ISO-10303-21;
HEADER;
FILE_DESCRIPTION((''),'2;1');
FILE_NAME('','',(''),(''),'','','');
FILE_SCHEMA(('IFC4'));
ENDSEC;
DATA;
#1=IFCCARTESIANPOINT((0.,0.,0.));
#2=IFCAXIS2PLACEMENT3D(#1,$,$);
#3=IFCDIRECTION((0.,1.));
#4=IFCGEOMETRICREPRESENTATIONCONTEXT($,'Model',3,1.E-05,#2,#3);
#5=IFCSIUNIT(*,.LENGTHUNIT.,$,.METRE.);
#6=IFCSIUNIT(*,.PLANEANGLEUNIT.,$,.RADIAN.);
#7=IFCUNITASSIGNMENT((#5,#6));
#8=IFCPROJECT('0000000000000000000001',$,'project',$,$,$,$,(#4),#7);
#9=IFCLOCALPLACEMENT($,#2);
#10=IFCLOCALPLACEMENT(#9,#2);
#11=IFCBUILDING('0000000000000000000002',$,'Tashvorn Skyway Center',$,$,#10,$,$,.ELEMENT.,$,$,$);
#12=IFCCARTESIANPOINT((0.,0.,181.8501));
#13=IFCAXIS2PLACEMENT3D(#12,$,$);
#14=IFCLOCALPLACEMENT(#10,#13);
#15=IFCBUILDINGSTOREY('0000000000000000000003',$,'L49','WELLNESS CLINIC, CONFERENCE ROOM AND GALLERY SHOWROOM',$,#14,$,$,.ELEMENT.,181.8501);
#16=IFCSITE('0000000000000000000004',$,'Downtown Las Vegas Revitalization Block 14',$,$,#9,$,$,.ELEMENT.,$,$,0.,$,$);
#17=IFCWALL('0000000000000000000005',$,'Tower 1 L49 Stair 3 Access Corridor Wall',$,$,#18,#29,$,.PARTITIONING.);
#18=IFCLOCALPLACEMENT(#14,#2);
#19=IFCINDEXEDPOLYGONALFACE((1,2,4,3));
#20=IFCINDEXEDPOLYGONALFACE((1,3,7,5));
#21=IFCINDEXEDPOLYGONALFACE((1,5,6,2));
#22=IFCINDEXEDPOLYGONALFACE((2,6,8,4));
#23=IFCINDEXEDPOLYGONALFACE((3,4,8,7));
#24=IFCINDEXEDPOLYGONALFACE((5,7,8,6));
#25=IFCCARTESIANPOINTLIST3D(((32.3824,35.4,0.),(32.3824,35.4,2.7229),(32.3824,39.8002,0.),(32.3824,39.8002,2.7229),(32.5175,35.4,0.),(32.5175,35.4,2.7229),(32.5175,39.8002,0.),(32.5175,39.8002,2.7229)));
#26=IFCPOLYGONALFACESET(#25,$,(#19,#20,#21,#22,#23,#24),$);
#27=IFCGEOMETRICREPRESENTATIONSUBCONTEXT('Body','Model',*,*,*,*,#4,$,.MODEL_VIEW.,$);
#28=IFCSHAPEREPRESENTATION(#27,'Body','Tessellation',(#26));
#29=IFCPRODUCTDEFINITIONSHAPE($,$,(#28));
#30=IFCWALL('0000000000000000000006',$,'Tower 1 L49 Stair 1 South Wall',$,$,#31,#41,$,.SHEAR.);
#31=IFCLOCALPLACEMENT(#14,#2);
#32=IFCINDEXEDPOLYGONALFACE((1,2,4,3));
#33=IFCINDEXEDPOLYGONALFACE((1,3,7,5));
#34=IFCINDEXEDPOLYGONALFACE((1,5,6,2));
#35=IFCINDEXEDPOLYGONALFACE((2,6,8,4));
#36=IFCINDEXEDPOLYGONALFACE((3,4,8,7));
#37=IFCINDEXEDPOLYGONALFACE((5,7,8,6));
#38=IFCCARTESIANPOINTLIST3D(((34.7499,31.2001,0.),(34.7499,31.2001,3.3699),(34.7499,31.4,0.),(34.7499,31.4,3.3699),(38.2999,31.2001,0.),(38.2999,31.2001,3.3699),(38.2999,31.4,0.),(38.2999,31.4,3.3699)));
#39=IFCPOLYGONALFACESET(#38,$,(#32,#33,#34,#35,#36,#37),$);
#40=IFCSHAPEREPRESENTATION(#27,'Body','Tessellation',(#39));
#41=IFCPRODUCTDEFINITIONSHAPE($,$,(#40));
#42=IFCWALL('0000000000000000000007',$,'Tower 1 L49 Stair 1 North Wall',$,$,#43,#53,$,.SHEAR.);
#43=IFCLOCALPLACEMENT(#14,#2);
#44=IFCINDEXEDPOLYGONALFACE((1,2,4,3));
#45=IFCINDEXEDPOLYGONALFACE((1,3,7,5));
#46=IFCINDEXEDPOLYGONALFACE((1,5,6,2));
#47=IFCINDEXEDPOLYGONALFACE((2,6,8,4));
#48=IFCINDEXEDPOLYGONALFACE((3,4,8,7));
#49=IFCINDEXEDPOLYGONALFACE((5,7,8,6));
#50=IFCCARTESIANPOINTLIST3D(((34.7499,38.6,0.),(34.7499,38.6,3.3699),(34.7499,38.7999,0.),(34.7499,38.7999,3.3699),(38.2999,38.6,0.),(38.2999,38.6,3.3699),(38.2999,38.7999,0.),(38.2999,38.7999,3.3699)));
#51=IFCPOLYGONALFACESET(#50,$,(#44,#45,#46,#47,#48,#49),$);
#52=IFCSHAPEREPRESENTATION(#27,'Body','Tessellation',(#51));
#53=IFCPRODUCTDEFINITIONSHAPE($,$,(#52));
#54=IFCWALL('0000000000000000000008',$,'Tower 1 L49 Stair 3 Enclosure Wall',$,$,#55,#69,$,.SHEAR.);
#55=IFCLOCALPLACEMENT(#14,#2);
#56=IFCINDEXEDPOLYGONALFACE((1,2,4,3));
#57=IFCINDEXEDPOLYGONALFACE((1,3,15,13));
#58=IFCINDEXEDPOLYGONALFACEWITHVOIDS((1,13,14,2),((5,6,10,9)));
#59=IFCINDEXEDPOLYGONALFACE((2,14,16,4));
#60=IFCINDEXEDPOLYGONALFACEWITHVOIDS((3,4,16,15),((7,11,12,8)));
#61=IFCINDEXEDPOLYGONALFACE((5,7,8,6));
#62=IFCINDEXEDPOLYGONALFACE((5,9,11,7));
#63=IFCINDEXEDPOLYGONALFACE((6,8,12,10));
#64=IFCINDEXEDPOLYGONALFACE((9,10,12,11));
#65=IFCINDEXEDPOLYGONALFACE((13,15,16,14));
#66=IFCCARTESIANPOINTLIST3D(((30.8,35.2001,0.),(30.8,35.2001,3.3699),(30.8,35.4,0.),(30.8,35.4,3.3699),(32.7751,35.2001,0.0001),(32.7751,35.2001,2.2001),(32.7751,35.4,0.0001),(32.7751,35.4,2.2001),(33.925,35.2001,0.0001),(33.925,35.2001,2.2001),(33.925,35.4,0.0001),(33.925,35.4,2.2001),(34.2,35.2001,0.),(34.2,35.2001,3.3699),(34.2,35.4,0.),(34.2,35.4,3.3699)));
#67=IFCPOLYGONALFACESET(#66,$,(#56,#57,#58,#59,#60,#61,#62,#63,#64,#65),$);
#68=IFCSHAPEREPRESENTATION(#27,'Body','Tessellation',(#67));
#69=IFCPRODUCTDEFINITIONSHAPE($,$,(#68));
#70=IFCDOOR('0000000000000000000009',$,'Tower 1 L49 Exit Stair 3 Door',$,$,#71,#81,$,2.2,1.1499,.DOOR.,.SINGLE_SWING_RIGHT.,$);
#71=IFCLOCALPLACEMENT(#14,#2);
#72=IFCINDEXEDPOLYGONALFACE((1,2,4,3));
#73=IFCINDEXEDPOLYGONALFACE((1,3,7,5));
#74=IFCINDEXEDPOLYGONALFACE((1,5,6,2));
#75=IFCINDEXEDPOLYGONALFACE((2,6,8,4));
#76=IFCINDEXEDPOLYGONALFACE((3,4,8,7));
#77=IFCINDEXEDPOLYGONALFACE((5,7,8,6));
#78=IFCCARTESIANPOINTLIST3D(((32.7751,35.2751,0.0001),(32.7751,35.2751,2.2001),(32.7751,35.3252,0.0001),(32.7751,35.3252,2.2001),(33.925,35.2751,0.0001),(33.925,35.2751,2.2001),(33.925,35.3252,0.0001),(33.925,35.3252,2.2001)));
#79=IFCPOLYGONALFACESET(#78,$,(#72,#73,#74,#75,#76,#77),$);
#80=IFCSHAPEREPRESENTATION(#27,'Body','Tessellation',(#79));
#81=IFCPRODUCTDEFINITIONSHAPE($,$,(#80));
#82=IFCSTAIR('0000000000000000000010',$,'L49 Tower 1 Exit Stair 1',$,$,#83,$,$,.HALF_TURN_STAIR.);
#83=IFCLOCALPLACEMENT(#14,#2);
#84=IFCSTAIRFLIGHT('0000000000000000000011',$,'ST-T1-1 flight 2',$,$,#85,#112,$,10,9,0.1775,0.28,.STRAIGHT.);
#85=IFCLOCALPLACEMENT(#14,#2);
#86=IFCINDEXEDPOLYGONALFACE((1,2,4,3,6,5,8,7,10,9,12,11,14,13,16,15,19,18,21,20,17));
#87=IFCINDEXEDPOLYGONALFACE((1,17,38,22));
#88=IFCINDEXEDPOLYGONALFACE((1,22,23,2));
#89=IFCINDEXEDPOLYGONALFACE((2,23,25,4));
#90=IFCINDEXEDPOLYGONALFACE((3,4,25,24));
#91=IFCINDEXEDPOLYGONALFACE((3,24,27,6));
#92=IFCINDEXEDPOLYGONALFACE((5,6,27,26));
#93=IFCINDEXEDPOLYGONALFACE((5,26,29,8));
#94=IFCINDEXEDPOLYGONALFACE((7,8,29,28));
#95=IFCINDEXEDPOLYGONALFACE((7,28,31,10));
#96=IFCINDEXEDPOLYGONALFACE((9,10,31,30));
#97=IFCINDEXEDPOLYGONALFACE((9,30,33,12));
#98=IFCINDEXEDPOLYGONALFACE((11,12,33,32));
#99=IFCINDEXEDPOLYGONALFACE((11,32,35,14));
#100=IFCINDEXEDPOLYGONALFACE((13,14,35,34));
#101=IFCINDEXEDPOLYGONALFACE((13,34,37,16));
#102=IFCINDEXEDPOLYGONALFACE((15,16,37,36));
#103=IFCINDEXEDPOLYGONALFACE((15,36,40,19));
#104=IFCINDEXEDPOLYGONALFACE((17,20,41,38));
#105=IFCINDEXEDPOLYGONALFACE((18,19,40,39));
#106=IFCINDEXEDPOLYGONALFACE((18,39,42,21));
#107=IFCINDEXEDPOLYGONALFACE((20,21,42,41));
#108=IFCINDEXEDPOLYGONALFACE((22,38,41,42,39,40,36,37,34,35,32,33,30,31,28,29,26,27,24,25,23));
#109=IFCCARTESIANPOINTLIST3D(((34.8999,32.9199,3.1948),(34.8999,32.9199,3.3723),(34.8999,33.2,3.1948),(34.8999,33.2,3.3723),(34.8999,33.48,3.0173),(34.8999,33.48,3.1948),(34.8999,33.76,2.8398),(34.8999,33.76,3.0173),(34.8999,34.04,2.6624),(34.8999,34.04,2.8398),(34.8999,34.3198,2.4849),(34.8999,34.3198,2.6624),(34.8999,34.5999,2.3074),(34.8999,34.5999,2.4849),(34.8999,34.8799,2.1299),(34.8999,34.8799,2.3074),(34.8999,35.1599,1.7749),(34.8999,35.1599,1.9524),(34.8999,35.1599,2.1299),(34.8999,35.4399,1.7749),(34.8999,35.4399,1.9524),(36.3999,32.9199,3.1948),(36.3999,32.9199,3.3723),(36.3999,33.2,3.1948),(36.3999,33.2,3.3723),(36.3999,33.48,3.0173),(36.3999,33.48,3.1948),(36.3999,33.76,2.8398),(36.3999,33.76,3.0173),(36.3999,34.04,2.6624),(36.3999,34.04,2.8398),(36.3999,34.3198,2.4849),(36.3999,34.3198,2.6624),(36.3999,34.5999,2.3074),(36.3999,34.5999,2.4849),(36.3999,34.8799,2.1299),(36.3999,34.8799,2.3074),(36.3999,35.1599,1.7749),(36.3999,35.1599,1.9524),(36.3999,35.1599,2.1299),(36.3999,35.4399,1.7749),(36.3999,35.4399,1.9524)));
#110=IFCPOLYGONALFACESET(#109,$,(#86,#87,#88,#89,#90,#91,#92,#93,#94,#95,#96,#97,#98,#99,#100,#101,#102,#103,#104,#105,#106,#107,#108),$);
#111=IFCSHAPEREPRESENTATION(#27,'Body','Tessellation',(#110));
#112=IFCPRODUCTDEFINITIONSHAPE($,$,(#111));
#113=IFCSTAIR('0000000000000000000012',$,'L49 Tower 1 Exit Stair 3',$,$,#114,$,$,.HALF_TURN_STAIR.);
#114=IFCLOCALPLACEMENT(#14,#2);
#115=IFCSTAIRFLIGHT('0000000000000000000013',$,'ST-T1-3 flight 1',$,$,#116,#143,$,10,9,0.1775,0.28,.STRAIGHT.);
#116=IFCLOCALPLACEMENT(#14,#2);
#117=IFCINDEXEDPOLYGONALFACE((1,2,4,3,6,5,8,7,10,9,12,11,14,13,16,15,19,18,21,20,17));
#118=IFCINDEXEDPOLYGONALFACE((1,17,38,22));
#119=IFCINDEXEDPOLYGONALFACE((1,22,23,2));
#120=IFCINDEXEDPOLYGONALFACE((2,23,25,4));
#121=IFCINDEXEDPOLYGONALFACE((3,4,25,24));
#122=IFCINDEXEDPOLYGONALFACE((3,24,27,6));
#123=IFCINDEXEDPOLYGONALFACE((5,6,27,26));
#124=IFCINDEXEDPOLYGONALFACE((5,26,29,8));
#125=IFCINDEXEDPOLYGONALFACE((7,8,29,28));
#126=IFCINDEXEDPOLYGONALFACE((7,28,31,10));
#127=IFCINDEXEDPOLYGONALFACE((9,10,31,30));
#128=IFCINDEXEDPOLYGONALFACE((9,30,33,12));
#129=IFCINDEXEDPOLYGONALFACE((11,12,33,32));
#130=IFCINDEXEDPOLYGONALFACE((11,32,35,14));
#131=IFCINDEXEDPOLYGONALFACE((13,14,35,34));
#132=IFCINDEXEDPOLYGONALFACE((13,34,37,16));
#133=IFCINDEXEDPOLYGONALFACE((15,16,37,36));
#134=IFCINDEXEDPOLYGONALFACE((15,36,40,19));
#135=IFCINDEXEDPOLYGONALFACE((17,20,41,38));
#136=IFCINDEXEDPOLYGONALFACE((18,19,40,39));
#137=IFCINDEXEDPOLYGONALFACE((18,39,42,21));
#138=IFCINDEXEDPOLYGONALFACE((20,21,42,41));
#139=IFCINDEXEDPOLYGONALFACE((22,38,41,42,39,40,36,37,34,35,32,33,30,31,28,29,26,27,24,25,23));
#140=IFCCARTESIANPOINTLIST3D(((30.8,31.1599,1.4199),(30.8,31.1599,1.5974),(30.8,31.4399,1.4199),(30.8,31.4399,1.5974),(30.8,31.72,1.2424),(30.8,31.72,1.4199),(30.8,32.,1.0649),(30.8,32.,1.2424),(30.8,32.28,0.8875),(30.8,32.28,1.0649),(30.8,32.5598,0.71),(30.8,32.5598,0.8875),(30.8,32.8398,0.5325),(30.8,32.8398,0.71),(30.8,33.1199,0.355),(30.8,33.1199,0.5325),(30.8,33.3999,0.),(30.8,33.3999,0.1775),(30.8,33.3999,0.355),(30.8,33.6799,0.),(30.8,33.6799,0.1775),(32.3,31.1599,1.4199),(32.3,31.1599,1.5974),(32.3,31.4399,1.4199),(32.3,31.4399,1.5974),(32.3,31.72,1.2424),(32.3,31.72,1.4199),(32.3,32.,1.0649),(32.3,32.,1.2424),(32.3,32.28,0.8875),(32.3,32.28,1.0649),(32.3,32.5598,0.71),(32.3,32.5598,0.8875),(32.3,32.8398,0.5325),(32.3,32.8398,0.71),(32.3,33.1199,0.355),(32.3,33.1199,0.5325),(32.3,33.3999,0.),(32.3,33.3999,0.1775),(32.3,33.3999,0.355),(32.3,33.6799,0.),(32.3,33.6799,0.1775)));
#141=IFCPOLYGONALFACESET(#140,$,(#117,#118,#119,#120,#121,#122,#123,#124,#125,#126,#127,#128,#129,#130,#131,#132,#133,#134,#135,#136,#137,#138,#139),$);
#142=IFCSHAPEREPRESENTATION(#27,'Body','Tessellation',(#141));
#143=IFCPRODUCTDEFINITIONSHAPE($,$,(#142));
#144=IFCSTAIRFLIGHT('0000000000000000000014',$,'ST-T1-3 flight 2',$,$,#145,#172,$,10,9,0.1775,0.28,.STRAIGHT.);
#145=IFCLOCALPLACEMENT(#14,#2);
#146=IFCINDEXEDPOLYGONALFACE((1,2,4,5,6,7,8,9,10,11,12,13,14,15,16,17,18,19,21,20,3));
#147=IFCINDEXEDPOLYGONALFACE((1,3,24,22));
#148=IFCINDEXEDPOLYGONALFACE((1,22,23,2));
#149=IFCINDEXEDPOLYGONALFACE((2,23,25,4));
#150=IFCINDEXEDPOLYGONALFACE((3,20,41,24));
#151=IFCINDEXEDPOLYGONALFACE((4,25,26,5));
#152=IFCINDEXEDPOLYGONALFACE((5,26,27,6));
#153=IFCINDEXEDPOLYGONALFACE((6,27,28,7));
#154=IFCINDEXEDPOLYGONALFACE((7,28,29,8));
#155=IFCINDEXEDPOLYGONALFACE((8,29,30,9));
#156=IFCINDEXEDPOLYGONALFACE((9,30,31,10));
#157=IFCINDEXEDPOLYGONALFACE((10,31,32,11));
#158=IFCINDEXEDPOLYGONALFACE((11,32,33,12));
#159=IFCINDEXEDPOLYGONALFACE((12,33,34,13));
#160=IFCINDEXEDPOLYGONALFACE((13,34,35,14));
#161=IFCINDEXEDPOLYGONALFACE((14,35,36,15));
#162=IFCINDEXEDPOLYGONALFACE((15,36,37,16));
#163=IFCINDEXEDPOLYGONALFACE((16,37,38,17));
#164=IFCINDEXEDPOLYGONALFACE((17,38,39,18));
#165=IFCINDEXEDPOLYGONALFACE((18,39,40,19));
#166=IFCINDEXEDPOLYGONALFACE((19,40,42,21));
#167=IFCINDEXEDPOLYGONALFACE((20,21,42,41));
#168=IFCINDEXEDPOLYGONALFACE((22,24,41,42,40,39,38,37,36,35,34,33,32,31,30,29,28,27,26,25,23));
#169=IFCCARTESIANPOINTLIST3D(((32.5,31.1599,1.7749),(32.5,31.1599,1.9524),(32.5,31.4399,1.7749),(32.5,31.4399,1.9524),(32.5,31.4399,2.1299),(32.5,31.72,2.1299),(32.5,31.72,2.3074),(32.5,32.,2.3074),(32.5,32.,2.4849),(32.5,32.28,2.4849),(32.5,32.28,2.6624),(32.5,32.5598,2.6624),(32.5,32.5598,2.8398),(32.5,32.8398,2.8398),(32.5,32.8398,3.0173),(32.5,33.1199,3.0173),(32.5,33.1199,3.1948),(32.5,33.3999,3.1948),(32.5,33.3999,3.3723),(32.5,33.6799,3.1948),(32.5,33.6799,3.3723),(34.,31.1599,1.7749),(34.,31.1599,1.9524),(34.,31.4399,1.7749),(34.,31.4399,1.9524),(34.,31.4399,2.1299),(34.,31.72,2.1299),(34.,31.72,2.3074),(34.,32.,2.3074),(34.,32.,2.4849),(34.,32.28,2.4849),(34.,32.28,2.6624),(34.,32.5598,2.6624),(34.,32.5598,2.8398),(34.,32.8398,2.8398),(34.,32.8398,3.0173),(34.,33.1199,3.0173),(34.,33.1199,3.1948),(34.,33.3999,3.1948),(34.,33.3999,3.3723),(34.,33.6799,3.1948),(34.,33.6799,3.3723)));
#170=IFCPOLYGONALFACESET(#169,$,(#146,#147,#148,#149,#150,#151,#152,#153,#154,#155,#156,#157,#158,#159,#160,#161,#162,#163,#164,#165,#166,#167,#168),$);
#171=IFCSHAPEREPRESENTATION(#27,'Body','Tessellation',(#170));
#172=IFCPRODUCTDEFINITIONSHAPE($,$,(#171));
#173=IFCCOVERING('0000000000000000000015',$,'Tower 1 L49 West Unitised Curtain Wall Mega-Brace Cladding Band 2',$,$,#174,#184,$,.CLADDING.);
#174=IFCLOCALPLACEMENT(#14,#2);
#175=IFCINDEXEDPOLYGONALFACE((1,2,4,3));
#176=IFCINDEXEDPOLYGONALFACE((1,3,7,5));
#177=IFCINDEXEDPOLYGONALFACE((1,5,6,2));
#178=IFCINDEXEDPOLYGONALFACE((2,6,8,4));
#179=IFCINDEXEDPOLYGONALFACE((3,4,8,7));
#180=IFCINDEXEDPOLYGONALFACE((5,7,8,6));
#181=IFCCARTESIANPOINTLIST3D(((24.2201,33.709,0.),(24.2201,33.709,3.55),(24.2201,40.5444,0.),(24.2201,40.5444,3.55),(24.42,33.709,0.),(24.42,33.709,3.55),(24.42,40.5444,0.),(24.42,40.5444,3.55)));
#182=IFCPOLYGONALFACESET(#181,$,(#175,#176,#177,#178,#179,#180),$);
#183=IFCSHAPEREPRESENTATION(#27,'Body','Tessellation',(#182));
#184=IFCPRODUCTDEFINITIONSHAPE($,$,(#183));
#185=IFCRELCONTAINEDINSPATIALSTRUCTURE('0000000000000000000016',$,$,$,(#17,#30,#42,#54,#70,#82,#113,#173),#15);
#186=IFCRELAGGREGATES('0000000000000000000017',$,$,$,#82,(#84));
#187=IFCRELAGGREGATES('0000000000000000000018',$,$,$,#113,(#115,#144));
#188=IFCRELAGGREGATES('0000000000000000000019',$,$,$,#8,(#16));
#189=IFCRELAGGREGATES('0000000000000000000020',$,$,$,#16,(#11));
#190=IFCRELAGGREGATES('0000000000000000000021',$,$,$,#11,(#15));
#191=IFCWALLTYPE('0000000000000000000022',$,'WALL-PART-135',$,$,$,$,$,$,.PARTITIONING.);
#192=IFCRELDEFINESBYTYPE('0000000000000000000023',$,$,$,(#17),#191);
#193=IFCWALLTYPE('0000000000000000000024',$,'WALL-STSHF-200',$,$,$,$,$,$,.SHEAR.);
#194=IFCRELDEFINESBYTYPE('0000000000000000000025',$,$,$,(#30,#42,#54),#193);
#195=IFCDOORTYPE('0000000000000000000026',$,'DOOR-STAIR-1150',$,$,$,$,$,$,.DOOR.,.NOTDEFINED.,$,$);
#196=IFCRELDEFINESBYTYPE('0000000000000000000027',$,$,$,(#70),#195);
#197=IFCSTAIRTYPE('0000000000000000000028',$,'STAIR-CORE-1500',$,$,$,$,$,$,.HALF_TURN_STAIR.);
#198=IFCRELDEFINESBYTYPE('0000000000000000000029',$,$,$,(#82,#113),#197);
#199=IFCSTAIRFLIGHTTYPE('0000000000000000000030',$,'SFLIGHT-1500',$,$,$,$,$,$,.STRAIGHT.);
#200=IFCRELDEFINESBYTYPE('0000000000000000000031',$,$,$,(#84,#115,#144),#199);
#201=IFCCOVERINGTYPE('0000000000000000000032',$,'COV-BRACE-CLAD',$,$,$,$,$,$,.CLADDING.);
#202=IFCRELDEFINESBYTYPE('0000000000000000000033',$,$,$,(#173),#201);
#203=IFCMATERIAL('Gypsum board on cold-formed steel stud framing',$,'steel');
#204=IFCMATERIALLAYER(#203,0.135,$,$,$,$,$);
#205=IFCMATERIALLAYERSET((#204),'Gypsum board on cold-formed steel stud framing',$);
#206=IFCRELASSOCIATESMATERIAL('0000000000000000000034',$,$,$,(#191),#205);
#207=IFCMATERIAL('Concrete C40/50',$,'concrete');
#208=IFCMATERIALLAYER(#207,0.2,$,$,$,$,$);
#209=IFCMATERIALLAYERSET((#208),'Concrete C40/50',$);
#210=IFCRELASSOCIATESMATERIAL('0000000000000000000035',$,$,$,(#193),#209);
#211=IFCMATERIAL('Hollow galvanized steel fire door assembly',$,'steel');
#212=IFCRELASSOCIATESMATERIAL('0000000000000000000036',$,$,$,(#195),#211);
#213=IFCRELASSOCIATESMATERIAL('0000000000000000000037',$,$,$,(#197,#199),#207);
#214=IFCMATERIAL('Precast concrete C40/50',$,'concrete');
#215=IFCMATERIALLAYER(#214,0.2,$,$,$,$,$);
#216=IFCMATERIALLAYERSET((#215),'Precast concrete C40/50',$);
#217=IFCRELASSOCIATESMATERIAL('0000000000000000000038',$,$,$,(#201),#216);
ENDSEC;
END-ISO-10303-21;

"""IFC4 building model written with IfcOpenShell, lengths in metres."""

from ifc_helpers import new_model, si_unit, direction, frame, frame_2d, origin, origin_2d, place, context, subcontext, project, spatial, polyline, rectangle, outline, extrude, material, layer, layer_set, type_object, element, fill, aggregate, save


model = new_model("IFC4")

# Units and contexts
model_context = context("Model", 3, precision=1e-05, world=origin(), true_north=direction((0.0, 1.0)))
body_context = subcontext(model_context, "Body", "Model", "MODEL_VIEW")
ifc_project = project(units=[si_unit("LENGTHUNIT", "METRE"), si_unit("PLANEANGLEUNIT", "RADIAN")], contexts=[model_context])

# Site, building, storey
site_placement = place(None, origin())
site = spatial("IfcSite", under=ifc_project, at=site_placement, Name="Downtown Las Vegas Revitalization Block 14", CompositionType="ELEMENT", RefElevation=0.0)
building_placement = place(site_placement, origin())
building = spatial("IfcBuilding", under=site, at=building_placement, Name="Tashvorn Skyway Center", CompositionType="ELEMENT")
storey_placement = place(building_placement, frame((0.0, 0.0, 181.8501)))
storey = spatial("IfcBuildingStorey", under=building, at=storey_placement, Name="L49", Description="WELLNESS CLINIC, CONFERENCE ROOM AND GALLERY SHOWROOM", CompositionType="ELEMENT", Elevation=181.8501)

# Walls
ifc_material_1 = material(Name="Gypsum board on cold-formed steel stud framing", Category="steel")
ifc_layer_1 = layer(ifc_material_1, 0.135)
ifc_layer_set_1 = layer_set([ifc_layer_1], Name="Gypsum board on cold-formed steel stud framing")
wall_type_1 = type_object("IfcWallType", Name="WALL-PART-135", PredefinedType="PARTITIONING", material=ifc_layer_set_1)
wall_1_placement = place(storey_placement, frame((32.45, 35.3999, 0.0), z_axis=(0.0, 0.0, 1.0), x_axis=(0.0, 1.0, 0.0)))
element("IfcWall", 1, at=wall_1_placement, inside=storey, type_object=wall_type_1, Name="Tower 1 L49 Stair 3 Access Corridor Wall", PredefinedType="PARTITIONING", context=body_context, shape_type="SweptSolid", body=[
    extrude(rectangle(XDim=4.4001, YDim=0.135, at=frame_2d((2.2002, 0.0))), origin(), (0.0, 0.0, 1.0), 2.7229),
])
ifc_material_2 = material(Name="Concrete C40/50", Category="concrete")
ifc_layer_2 = layer(ifc_material_2, 0.2)
ifc_layer_set_2 = layer_set([ifc_layer_2], Name="Concrete C40/50")
wall_type_2 = type_object("IfcWallType", Name="WALL-STSHF-200", PredefinedType="SHEAR", material=ifc_layer_set_2)
for number, where, z_axis, x_axis, name in (
    (2, (34.75, 31.3, 0.0), (0.0, 0.0, 1.0), (1.0, 0.0, 0.0), "Tower 1 L49 Stair 1 South Wall"),
    (3, (34.75, 38.7, 0.0), (0.0, 0.0, 1.0), (1.0, 0.0, 0.0), "Tower 1 L49 Stair 1 North Wall"),
):
    element("IfcWall", number, at=place(storey_placement, frame(where, z_axis=z_axis, x_axis=x_axis)), inside=storey, type_object=wall_type_2, Name=name, PredefinedType="SHEAR", context=body_context, shape_type="SweptSolid", body=[
        extrude(rectangle(XDim=3.55, YDim=0.2, at=frame_2d((1.7749, 0.0))), origin(), (0.0, 0.0, 1.0), 3.3699),
    ])

# Wall, opening, door
wall_2_placement = place(storey_placement, frame((34.2, 35.3, 0.0), z_axis=(0.0, 0.0, 1.0), x_axis=(-1.0, 0.0, 0.0)))
wall_2 = element("IfcWall", 4, at=wall_2_placement, inside=storey, type_object=wall_type_2, Name="Tower 1 L49 Stair 3 Enclosure Wall", PredefinedType="SHEAR", context=body_context, shape_type="SweptSolid", body=[
    extrude(rectangle(XDim=3.3999, YDim=0.2, at=frame_2d((1.7, 0.0))), origin(), (0.0, 0.0, 1.0), 3.3699),
])
opening_placement = place(wall_2_placement, frame((0.2749, 0.0, 0.0)))
opening = element("IfcOpeningElement", 5, at=opening_placement, cuts=wall_2, PredefinedType="OPENING", context=body_context, shape_type="SweptSolid", body=[
    extrude(rectangle(XDim=1.1499, YDim=2.2, at=frame_2d((0.575, 1.1001))), frame((0.0, 0.1099, 0.0), z_axis=(0.0, -1.0, 0.0), x_axis=(1.0, 0.0, 0.0)), (0.0, 0.0, 1.0), 0.22),
])
ifc_material_3 = material(Name="Hollow galvanized steel fire door assembly", Category="steel")
door_type = type_object("IfcDoorType", Name="DOOR-STAIR-1150", OperationType="NOTDEFINED", PredefinedType="DOOR", material=ifc_material_3)
door_placement = place(opening_placement, origin())
door = element("IfcDoor", 6, at=door_placement, inside=storey, type_object=door_type, Name="Tower 1 L49 Exit Stair 3 Door", OperationType="SINGLE_SWING_RIGHT", OverallHeight=2.2, OverallWidth=1.1499, PredefinedType="DOOR", context=body_context, shape_type="SweptSolid", body=[
    extrude(rectangle(XDim=1.1499, YDim=2.2, at=frame_2d((0.575, 1.1001))), frame((0.0, 0.0249, 0.0), z_axis=(0.0, -1.0, 0.0), x_axis=(1.0, 0.0, 0.0)), (0.0, 0.0, 1.0), 0.05),
])
fill(opening, door)

# Stair, stair flight
stair_type = type_object("IfcStairType", Name="STAIR-CORE-1500", PredefinedType="HALF_TURN_STAIR", material=ifc_material_2)
stair_1_placement = place(storey_placement, origin())
stair_1 = element("IfcStair", 7, at=stair_1_placement, inside=storey, type_object=stair_type, Name="L49 Tower 1 Exit Stair 1", PredefinedType="HALF_TURN_STAIR")
stair_flight_type = type_object("IfcStairFlightType", Name="SFLIGHT-1500", PredefinedType="STRAIGHT", material=ifc_material_2)
stair_flight_1_placement = place(storey_placement, frame((35.6499, 35.4399, 1.7749), z_axis=(0.0, 0.0, 1.0), x_axis=(0.0, -1.0, 0.0)))
stair_flight_1 = element("IfcStairFlight", 8, at=stair_flight_1_placement, type_object=stair_flight_type, Name="ST-T1-1 flight 2", NumberOfRisers=10, NumberOfTreads=9, PredefinedType="STRAIGHT", RiserHeight=0.1775, TreadLength=0.28, context=body_context, shape_type="SweptSolid", body=[
    extrude(outline(polyline([(0.0, 0.0), (0.0, 0.1775), (0.28, 0.1775), (0.28, 0.355), (0.5601, 0.355), (0.5601, 0.5325), (0.8401, 0.5325), (0.8401, 0.71), (1.1201, 0.71), (1.1201, 0.8875), (1.3999, 0.8875), (1.3999, 1.0649), (1.6799, 1.0649), (1.6799, 1.2424), (1.96, 1.2424), (1.96, 1.4199), (2.24, 1.4199), (2.24, 1.5974), (2.52, 1.5974), (2.52, 1.7749), (2.52, 1.4199), (0.28, 0.0), (0.0, 0.0)])), frame((0.0, 0.75, 0.0), z_axis=(0.0, -1.0, 0.0), x_axis=(1.0, 0.0, 0.0)), (0.0, 0.0, 1.0), 1.5),
])
aggregate(stair_1, [stair_flight_1])

# Stair, stair flights
stair_2_placement = place(storey_placement, origin())
stair_2 = element("IfcStair", 9, at=stair_2_placement, inside=storey, type_object=stair_type, Name="L49 Tower 1 Exit Stair 3", PredefinedType="HALF_TURN_STAIR")
stair_flight_2_placement = place(storey_placement, frame((31.55, 33.6799, 0.0), z_axis=(0.0, 0.0, 1.0), x_axis=(0.0, -1.0, 0.0)))
stair_flight_2 = element("IfcStairFlight", 10, at=stair_flight_2_placement, type_object=stair_flight_type, Name="ST-T1-3 flight 1", NumberOfRisers=10, NumberOfTreads=9, PredefinedType="STRAIGHT", RiserHeight=0.1775, TreadLength=0.28, context=body_context, shape_type="SweptSolid", body=[
    extrude(outline(polyline([(0.0, 0.0), (0.0, 0.1775), (0.28, 0.1775), (0.28, 0.355), (0.5601, 0.355), (0.5601, 0.5325), (0.8401, 0.5325), (0.8401, 0.71), (1.1201, 0.71), (1.1201, 0.8875), (1.3999, 0.8875), (1.3999, 1.0649), (1.6799, 1.0649), (1.6799, 1.2424), (1.96, 1.2424), (1.96, 1.4199), (2.24, 1.4199), (2.24, 1.5974), (2.52, 1.5974), (2.52, 1.7749), (2.52, 1.4199), (0.28, 0.0), (0.0, 0.0)])), frame((0.0, 0.75, 0.0), z_axis=(0.0, -1.0, 0.0), x_axis=(1.0, 0.0, 0.0)), (0.0, 0.0, 1.0), 1.5),
])
stair_flight_3_placement = place(storey_placement, frame((33.25, 31.1599, 1.7749), z_axis=(0.0, 0.0, 1.0), x_axis=(0.0, 1.0, 0.0)))
stair_flight_3 = element("IfcStairFlight", 11, at=stair_flight_3_placement, type_object=stair_flight_type, Name="ST-T1-3 flight 2", NumberOfRisers=10, NumberOfTreads=9, PredefinedType="STRAIGHT", RiserHeight=0.1775, TreadLength=0.28, context=body_context, shape_type="SweptSolid", body=[
    extrude(outline(polyline([(0.0, 0.0), (0.0, 0.1775), (0.28, 0.1775), (0.28, 0.355), (0.5601, 0.355), (0.5601, 0.5325), (0.8401, 0.5325), (0.8401, 0.71), (1.1201, 0.71), (1.1201, 0.8875), (1.3999, 0.8875), (1.3999, 1.0649), (1.6799, 1.0649), (1.6799, 1.2424), (1.96, 1.2424), (1.96, 1.4199), (2.24, 1.4199), (2.24, 1.5974), (2.52, 1.5974), (2.52, 1.7749), (2.52, 1.4199), (0.28, 0.0), (0.0, 0.0)])), frame((0.0, 0.75, 0.0), z_axis=(0.0, -1.0, 0.0), x_axis=(1.0, 0.0, 0.0)), (0.0, 0.0, 1.0), 1.5),
])
aggregate(stair_2, [stair_flight_2, stair_flight_3])

# Covering
ifc_material_4 = material(Name="Precast concrete C40/50", Category="concrete")
ifc_layer_3 = layer(ifc_material_4, 0.2)
ifc_layer_set_3 = layer_set([ifc_layer_3], Name="Precast concrete C40/50")
covering_type_1 = type_object("IfcCoveringType", Name="COV-BRACE-CLAD", PredefinedType="CLADDING", material=ifc_layer_set_3)
covering_placement = place(storey_placement, frame((24.3201, 37.1267, 0.0), z_axis=(0.0, 0.0, 1.0), x_axis=(0.0, 1.0, 0.0)))
element("IfcCovering", 12, at=covering_placement, inside=storey, type_object=covering_type_1, Name="Tower 1 L49 West Unitised Curtain Wall Mega-Brace Cladding Band 2", PredefinedType="CLADDING", context=body_context, shape_type="SweptSolid", body=[
    extrude(rectangle(XDim=6.8354, YDim=0.2, at=origin_2d()), origin(), (0.0, 0.0, 1.0), 3.55),
])

save(model, "model.ifc")
